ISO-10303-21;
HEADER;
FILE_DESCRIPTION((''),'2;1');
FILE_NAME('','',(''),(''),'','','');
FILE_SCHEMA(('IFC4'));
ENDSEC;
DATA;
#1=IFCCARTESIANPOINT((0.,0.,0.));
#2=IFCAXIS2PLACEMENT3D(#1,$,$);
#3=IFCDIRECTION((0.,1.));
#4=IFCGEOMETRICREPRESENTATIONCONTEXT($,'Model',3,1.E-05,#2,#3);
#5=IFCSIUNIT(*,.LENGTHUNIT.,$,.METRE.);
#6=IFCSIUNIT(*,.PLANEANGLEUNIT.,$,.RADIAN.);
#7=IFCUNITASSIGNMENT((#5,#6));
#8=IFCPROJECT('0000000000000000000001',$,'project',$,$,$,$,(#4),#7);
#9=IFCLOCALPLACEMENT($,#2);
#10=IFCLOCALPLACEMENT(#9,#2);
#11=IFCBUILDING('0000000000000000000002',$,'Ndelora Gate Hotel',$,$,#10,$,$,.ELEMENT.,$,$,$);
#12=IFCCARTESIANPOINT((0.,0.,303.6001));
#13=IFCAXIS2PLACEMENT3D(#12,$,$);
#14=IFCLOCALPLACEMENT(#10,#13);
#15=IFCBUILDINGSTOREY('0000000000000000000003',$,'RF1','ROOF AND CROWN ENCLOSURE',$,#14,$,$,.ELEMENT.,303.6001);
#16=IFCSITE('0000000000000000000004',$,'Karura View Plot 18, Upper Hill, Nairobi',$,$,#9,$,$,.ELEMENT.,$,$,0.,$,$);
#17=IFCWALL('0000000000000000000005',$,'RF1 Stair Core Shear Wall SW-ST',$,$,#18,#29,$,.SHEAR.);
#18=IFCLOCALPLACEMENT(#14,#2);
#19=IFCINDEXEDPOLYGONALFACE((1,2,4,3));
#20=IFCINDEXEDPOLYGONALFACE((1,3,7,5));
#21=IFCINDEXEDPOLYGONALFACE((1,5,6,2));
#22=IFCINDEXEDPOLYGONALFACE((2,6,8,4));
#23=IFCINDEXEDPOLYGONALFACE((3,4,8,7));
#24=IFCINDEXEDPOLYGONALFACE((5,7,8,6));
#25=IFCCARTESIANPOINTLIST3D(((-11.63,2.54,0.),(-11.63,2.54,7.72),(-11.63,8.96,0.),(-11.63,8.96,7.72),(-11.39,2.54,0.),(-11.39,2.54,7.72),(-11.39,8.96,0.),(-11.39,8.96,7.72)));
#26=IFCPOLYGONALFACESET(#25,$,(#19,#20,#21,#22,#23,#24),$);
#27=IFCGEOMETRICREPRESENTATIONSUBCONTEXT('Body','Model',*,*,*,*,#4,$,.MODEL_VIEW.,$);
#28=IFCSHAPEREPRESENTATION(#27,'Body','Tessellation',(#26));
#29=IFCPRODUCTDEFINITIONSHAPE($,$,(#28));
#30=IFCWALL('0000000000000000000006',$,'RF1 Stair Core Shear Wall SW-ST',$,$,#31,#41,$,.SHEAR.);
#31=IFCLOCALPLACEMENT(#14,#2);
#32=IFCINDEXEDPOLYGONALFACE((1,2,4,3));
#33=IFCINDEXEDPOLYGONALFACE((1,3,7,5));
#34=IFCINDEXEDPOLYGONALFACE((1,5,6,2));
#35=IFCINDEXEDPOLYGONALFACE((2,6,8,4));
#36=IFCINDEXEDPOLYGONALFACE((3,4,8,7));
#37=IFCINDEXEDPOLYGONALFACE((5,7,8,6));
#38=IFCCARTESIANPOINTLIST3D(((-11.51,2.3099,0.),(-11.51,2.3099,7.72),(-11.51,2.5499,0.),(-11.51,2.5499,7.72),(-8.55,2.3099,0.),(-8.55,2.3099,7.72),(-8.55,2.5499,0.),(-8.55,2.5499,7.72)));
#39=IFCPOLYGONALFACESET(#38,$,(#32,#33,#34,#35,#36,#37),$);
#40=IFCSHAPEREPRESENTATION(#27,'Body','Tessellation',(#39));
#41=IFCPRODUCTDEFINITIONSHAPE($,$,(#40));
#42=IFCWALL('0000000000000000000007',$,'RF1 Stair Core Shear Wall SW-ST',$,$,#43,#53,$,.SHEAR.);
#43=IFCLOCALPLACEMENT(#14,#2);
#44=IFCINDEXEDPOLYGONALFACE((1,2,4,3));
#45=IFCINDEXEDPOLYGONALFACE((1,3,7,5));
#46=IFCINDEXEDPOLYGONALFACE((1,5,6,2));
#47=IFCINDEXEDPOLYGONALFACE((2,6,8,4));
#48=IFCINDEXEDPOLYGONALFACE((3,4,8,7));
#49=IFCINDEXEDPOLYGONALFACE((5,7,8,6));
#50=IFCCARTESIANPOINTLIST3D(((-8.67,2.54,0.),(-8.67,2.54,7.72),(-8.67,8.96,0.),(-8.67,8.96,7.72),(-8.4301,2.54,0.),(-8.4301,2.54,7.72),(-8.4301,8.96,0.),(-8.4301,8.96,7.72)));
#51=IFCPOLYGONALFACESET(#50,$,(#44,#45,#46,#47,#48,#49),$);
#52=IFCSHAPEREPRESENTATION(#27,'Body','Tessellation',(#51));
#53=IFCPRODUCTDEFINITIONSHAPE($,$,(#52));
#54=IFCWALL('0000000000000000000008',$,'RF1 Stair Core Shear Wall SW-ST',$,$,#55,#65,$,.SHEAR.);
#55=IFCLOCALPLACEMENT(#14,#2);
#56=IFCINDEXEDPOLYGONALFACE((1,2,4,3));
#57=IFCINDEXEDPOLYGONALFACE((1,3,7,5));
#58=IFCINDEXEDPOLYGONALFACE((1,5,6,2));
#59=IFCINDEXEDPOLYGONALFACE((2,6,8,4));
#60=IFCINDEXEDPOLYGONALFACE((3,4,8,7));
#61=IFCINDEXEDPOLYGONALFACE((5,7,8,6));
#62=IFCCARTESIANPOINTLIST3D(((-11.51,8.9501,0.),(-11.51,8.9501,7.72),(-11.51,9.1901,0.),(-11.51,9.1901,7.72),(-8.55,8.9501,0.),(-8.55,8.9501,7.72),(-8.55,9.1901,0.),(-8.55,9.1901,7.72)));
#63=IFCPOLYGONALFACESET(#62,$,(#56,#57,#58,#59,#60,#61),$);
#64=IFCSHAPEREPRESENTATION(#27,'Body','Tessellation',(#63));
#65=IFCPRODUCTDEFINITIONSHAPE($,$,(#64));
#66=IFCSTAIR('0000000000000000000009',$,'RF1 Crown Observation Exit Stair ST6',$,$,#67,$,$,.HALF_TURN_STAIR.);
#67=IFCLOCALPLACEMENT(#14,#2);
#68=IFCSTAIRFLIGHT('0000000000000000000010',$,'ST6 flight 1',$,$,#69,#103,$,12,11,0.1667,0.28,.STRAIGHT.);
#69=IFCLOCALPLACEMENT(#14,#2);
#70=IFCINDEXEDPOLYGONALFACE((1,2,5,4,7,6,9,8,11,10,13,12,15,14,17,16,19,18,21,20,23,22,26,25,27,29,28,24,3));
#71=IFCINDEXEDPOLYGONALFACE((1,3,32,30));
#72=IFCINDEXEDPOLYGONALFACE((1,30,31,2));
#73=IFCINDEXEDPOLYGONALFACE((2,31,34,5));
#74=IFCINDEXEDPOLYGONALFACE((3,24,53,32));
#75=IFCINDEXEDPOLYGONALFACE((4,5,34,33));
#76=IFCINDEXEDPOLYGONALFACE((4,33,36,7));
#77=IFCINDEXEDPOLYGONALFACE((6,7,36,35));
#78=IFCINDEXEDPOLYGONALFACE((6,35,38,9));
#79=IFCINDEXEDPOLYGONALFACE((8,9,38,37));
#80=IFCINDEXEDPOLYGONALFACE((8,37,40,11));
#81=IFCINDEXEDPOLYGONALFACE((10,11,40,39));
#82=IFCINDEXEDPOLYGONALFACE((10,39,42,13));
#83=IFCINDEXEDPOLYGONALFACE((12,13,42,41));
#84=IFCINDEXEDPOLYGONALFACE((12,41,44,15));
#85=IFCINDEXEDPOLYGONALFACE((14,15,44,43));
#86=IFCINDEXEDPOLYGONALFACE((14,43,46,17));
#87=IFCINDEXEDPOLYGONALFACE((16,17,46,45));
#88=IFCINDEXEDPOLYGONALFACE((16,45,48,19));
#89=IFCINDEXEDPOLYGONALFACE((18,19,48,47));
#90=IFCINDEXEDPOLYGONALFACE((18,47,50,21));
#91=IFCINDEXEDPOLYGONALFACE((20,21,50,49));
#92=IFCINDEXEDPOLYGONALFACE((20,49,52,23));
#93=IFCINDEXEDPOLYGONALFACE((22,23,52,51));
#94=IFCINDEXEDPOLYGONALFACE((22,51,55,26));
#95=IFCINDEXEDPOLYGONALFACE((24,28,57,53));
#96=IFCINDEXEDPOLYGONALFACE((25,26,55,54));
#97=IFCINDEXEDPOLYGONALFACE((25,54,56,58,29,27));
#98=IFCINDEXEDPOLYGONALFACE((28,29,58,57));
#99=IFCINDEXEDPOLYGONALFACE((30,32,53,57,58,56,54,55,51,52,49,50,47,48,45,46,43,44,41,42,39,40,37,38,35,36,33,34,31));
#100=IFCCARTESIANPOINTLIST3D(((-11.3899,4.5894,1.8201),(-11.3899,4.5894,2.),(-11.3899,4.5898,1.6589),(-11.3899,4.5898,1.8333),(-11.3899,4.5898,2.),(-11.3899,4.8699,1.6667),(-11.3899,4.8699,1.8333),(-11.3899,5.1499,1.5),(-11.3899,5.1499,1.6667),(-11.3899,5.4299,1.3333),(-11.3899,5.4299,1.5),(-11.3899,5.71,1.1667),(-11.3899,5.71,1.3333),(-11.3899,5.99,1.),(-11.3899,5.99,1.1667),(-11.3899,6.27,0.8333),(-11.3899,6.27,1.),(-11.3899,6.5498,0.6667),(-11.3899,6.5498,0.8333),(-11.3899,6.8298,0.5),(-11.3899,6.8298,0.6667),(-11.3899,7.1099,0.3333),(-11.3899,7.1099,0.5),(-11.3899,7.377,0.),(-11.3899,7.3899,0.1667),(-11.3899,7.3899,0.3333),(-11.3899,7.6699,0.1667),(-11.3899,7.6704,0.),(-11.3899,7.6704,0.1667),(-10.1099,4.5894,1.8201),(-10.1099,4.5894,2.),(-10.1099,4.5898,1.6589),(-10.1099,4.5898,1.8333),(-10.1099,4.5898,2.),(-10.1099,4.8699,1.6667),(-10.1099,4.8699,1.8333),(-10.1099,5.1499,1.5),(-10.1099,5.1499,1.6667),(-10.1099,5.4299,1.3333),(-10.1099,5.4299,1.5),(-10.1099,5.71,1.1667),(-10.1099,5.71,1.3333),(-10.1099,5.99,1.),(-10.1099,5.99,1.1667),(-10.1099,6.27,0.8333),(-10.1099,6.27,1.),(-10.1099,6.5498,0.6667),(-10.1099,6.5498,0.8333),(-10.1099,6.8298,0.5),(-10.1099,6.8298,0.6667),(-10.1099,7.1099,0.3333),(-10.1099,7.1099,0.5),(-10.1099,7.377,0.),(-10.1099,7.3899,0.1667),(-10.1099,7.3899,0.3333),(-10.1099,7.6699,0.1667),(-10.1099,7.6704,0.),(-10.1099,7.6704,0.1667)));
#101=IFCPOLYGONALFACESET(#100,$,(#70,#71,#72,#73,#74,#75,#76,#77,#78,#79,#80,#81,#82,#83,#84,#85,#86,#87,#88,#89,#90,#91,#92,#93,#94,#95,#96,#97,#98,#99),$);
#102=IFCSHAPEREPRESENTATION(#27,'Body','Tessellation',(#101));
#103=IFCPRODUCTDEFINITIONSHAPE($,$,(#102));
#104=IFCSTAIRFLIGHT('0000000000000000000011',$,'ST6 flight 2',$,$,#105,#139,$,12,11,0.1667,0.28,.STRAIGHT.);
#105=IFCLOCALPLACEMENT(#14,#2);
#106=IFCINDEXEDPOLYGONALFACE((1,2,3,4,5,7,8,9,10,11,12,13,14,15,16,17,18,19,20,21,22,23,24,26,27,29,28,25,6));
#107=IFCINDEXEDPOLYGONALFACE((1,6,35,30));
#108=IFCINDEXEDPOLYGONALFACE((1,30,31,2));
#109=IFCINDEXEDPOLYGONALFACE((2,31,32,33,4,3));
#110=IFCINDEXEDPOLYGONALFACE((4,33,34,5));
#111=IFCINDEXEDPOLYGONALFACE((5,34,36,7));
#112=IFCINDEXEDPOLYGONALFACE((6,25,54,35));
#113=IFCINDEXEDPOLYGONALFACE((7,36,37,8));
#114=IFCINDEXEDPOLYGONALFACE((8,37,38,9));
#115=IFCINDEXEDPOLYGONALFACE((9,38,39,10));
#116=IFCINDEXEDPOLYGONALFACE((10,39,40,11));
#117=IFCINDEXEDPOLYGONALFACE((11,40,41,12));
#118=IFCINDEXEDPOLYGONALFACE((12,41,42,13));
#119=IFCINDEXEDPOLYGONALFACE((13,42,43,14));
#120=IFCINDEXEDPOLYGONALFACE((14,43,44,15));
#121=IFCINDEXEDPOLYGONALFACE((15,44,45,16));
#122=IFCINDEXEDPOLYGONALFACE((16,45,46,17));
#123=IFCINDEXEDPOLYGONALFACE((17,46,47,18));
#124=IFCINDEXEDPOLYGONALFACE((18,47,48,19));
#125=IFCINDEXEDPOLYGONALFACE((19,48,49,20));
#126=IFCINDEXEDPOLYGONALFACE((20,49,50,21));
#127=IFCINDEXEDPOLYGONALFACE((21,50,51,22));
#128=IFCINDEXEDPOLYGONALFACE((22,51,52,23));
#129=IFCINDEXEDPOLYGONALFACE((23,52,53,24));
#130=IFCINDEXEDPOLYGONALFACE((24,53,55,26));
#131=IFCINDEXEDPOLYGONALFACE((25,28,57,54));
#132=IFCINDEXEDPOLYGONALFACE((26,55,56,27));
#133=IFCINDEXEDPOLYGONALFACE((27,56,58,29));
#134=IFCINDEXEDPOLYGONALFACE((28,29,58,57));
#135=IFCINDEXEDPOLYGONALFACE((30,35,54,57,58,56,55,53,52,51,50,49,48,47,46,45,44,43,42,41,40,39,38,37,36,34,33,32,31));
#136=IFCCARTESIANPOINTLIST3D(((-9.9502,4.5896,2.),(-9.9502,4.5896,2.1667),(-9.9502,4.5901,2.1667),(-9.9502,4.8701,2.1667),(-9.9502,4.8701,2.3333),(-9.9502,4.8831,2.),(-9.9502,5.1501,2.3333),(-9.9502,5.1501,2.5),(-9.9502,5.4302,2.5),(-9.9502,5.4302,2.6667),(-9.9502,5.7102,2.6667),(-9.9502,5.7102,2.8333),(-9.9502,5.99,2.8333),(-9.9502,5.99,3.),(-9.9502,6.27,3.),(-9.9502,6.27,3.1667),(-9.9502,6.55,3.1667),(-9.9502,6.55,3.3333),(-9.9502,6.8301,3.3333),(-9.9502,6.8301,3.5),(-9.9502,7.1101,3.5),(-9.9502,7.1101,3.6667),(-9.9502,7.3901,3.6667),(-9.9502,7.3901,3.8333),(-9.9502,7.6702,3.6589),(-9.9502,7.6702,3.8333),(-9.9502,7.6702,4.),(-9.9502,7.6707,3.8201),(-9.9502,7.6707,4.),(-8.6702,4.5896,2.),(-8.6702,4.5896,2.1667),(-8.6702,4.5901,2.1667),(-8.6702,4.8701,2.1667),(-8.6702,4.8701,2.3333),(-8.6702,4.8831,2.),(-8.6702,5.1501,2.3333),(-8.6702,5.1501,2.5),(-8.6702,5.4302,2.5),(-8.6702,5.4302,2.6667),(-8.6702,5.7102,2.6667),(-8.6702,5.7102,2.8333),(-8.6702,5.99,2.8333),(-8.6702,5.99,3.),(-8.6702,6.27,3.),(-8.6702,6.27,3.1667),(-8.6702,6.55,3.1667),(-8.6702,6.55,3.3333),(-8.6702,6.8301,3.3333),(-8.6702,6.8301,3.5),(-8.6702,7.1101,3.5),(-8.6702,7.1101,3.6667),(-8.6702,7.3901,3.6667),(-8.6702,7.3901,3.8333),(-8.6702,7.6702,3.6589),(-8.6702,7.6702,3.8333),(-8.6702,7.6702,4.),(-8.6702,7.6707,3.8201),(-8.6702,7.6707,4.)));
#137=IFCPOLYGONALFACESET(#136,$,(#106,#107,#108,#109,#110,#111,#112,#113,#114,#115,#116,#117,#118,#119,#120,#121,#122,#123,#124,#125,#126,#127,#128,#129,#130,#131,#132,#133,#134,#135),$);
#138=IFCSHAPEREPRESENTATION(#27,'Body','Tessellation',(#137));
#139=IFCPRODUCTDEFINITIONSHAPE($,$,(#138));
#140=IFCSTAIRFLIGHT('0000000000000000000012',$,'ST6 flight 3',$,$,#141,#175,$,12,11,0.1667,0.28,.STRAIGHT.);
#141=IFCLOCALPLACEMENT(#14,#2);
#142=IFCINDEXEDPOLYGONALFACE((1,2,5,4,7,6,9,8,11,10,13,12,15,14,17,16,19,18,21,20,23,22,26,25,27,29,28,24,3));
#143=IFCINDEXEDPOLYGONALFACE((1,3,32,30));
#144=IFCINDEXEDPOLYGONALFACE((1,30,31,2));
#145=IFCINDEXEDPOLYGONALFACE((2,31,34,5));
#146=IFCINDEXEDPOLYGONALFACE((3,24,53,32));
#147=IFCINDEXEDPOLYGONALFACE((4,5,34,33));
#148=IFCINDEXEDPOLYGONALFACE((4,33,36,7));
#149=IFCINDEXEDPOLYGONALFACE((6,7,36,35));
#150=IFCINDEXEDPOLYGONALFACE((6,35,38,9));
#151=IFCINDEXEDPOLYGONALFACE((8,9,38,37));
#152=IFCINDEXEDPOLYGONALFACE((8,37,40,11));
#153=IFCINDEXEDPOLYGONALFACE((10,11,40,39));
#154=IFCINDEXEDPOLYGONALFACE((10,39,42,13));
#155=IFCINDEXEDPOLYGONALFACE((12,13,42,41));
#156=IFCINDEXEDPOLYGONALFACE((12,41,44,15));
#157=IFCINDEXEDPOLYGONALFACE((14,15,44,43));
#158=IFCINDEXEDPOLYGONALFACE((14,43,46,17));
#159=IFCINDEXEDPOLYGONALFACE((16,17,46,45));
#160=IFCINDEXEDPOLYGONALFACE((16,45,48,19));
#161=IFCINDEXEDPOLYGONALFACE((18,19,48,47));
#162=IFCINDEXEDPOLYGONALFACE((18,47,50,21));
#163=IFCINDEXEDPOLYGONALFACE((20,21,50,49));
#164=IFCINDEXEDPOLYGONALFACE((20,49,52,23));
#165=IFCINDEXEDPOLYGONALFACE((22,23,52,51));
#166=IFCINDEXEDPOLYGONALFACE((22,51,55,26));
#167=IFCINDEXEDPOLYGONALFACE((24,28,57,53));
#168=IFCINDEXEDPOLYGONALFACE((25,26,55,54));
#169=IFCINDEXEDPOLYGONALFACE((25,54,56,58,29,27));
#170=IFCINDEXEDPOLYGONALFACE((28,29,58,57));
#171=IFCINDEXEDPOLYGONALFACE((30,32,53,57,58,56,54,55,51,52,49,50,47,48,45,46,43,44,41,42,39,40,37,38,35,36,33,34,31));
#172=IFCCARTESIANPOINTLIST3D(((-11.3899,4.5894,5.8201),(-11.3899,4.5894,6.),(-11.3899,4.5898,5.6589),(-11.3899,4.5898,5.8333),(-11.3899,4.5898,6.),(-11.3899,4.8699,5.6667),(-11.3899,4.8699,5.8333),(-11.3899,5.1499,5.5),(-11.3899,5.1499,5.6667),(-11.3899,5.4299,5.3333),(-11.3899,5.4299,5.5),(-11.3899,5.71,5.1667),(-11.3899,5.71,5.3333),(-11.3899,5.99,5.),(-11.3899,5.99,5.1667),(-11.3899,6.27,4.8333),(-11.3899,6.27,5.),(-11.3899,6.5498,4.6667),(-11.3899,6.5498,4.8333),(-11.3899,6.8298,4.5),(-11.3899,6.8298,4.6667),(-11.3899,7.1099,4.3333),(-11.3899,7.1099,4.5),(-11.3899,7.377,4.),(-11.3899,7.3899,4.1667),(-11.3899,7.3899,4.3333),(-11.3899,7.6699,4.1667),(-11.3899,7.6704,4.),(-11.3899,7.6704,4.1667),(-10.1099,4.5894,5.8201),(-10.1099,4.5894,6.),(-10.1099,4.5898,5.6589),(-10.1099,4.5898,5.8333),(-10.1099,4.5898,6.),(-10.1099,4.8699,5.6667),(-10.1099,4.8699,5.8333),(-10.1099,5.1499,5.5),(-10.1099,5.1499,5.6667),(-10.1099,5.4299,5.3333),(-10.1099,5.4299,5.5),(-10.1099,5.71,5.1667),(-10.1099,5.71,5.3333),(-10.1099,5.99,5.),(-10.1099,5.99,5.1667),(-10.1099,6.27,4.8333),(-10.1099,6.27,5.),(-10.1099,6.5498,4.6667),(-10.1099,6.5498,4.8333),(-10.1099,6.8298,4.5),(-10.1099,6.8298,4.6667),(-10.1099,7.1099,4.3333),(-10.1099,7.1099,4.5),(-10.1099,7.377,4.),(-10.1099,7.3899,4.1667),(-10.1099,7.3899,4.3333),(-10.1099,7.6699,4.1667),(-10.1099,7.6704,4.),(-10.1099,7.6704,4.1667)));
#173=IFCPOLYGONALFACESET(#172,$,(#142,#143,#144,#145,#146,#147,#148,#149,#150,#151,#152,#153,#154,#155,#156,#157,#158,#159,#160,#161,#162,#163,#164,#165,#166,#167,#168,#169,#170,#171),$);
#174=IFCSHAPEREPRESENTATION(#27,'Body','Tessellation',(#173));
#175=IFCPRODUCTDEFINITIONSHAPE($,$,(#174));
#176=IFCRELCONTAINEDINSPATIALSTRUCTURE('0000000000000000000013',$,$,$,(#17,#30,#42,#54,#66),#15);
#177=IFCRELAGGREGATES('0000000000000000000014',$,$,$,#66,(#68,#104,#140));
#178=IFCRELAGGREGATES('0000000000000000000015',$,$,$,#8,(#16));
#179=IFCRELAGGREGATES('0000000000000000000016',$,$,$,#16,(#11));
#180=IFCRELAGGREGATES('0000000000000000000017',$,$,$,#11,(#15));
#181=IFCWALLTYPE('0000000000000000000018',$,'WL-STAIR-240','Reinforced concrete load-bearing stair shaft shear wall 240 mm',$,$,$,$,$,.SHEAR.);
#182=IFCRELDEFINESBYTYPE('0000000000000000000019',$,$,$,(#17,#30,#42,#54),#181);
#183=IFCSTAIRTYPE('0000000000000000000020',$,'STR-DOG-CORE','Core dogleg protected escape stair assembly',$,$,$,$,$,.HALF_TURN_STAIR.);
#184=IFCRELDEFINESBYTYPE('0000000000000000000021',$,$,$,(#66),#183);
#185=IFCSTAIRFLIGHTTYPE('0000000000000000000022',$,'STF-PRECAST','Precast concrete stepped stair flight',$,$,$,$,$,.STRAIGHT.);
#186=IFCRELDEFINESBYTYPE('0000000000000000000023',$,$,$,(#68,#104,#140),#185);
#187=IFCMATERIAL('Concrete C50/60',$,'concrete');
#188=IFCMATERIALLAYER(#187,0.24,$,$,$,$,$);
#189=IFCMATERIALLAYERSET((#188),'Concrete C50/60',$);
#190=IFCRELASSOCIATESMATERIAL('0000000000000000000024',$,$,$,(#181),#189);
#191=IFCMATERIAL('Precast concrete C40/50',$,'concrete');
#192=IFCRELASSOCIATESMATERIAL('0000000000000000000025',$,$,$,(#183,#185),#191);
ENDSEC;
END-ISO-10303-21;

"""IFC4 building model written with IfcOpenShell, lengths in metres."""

from ifc_helpers import new_model, si_unit, direction, frame, frame_2d, origin, place, context, subcontext, project, spatial, polyline, rectangle, outline, extrude, material, layer, layer_set, type_object, element, aggregate, save


model = new_model("IFC4")

# Units and contexts
model_context = context("Model", 3, precision=1e-05, world=origin(), true_north=direction((0.0, 1.0)))
body_context = subcontext(model_context, "Body", "Model", "MODEL_VIEW")
ifc_project = project(units=[si_unit("LENGTHUNIT", "METRE"), si_unit("PLANEANGLEUNIT", "RADIAN")], contexts=[model_context])

# Site, building, storey
site_placement = place(None, origin())
site = spatial("IfcSite", under=ifc_project, at=site_placement, Name="Karura View Plot 18, Upper Hill, Nairobi", CompositionType="ELEMENT", RefElevation=0.0)
building_placement = place(site_placement, origin())
building = spatial("IfcBuilding", under=site, at=building_placement, Name="Ndelora Gate Hotel", CompositionType="ELEMENT")
storey_placement = place(building_placement, frame((0.0, 0.0, 303.6001)))
storey = spatial("IfcBuildingStorey", under=building, at=storey_placement, Name="RF1", Description="ROOF AND CROWN ENCLOSURE", CompositionType="ELEMENT", Elevation=303.6001)

# Shared definitions
ifc_material_1 = material(Name="Concrete C50/60", Category="concrete")

# Walls
ifc_material_2 = material(Name="Precast concrete C40/50", Category="concrete")
ifc_layer_1 = layer(ifc_material_1, 0.24)
ifc_layer_set_1 = layer_set([ifc_layer_1], Name="Concrete C50/60")
wall_type_1 = type_object("IfcWallType", Name="WL-STAIR-240", Description="Reinforced concrete load-bearing stair shaft shear wall 240 mm", PredefinedType="SHEAR", material=ifc_layer_set_1)
wall_1_placement = place(storey_placement, frame((-11.51, 2.54, 0.0), z_axis=(0.0, 0.0, 1.0), x_axis=(0.0, 1.0, 0.0)))
element("IfcWall", 1, at=wall_1_placement, inside=storey, type_object=wall_type_1, Name="RF1 Stair Core Shear Wall SW-ST", PredefinedType="SHEAR", context=body_context, shape_type="SweptSolid", body=[
    extrude(rectangle(XDim=6.4199, YDim=0.24, at=frame_2d((3.21, 0.0))), origin(), (0.0, 0.0, 1.0), 7.72),
])
wall_2_placement = place(storey_placement, frame((-11.51, 2.4299, 0.0), z_axis=(0.0, 0.0, 1.0), x_axis=(1.0, 0.0, 0.0)))
element("IfcWall", 2, at=wall_2_placement, inside=storey, type_object=wall_type_1, Name="RF1 Stair Core Shear Wall SW-ST", PredefinedType="SHEAR", context=body_context, shape_type="SweptSolid", body=[
    extrude(rectangle(XDim=2.96, YDim=0.24, at=frame_2d((1.48, 0.0))), origin(), (0.0, 0.0, 1.0), 7.72),
])
wall_3_placement = place(storey_placement, frame((-8.55, 2.54, 0.0), z_axis=(0.0, 0.0, 1.0), x_axis=(0.0, 1.0, 0.0)))
element("IfcWall", 3, at=wall_3_placement, inside=storey, type_object=wall_type_1, Name="RF1 Stair Core Shear Wall SW-ST", PredefinedType="SHEAR", context=body_context, shape_type="SweptSolid", body=[
    extrude(rectangle(XDim=6.4199, YDim=0.24, at=frame_2d((3.21, 0.0))), origin(), (0.0, 0.0, 1.0), 7.72),
])
wall_4_placement = place(storey_placement, frame((-11.51, 9.0701, 0.0), z_axis=(0.0, 0.0, 1.0), x_axis=(1.0, 0.0, 0.0)))
element("IfcWall", 4, at=wall_4_placement, inside=storey, type_object=wall_type_1, Name="RF1 Stair Core Shear Wall SW-ST", PredefinedType="SHEAR", context=body_context, shape_type="SweptSolid", body=[
    extrude(rectangle(XDim=2.96, YDim=0.24, at=frame_2d((1.48, 0.0))), origin(), (0.0, 0.0, 1.0), 7.72),
])

# Stair, stair flights
stair_type = type_object("IfcStairType", Name="STR-DOG-CORE", Description="Core dogleg protected escape stair assembly", PredefinedType="HALF_TURN_STAIR", material=ifc_material_2)
stair_placement = place(storey_placement, origin())
stair = element("IfcStair", 5, at=stair_placement, inside=storey, type_object=stair_type, Name="RF1 Crown Observation Exit Stair ST6", PredefinedType="HALF_TURN_STAIR")
stair_flight_type = type_object("IfcStairFlightType", Name="STF-PRECAST", Description="Precast concrete stepped stair flight", PredefinedType="STRAIGHT", material=ifc_material_2)
stair_flight_1_placement = place(storey_placement, frame((-10.75, 7.6699, 0.0), z_axis=(0.0, 0.0, 1.0), x_axis=(0.0, -1.0, 0.0)))
stair_flight_1 = element("IfcStairFlight", 6, at=stair_flight_1_placement, type_object=stair_flight_type, Name="ST6 flight 1", NumberOfRisers=12, NumberOfTreads=11, PredefinedType="STRAIGHT", RiserHeight=0.1667, TreadLength=0.28, context=body_context, shape_type="SweptSolid", body=[
    extrude(outline(polyline([(-0.0005, 0.0), (-0.0005, 0.1667), (0.0, 0.1667), (0.28, 0.1667), (0.28, 0.3333), (0.5601, 0.3333), (0.5601, 0.5), (0.8401, 0.5), (0.8401, 0.6667), (1.1201, 0.6667), (1.1201, 0.8333), (1.3999, 0.8333), (1.3999, 1.0), (1.6799, 1.0), (1.6799, 1.1667), (1.96, 1.1667), (1.96, 1.3333), (2.24, 1.3333), (2.24, 1.5), (2.52, 1.5), (2.52, 1.6667), (2.8, 1.6667), (2.8, 1.8333), (3.0801, 1.8333), (3.0801, 2.0), (3.0806, 2.0), (3.0806, 1.8201), (3.0801, 1.6589), (0.293, 0.0), (-0.0005, 0.0)])), frame((0.0, 0.6401, 0.0), z_axis=(0.0, -1.0, 0.0), x_axis=(1.0, 0.0, 0.0)), (0.0, 0.0, 1.0), 1.28),
])
stair_flight_2_placement = place(storey_placement, frame((-9.3101, 4.5901, 2.0), z_axis=(0.0, 0.0, 1.0), x_axis=(0.0, 1.0, 0.0)))
stair_flight_2 = element("IfcStairFlight", 7, at=stair_flight_2_placement, type_object=stair_flight_type, Name="ST6 flight 2", NumberOfRisers=12, NumberOfTreads=11, PredefinedType="STRAIGHT", RiserHeight=0.1667, TreadLength=0.28, context=body_context, shape_type="SweptSolid", body=[
    extrude(outline(polyline([(-0.0005, 0.0), (-0.0005, 0.1667), (0.0, 0.1667), (0.28, 0.1667), (0.28, 0.3333), (0.5601, 0.3333), (0.5601, 0.5), (0.8401, 0.5), (0.8401, 0.6667), (1.1201, 0.6667), (1.1201, 0.8333), (1.3999, 0.8333), (1.3999, 1.0), (1.6799, 1.0), (1.6799, 1.1667), (1.96, 1.1667), (1.96, 1.3333), (2.24, 1.3333), (2.24, 1.5), (2.52, 1.5), (2.52, 1.6667), (2.8, 1.6667), (2.8, 1.8333), (3.0801, 1.8333), (3.0801, 2.0), (3.0806, 2.0), (3.0806, 1.8201), (3.0801, 1.6589), (0.293, 0.0), (-0.0005, 0.0)])), frame((0.0, 0.6401, 0.0), z_axis=(0.0, -1.0, 0.0), x_axis=(1.0, 0.0, 0.0)), (0.0, 0.0, 1.0), 1.28),
])
stair_flight_3_placement = place(storey_placement, frame((-10.75, 7.6699, 4.0), z_axis=(0.0, 0.0, 1.0), x_axis=(0.0, -1.0, 0.0)))
stair_flight_3 = element("IfcStairFlight", 8, at=stair_flight_3_placement, type_object=stair_flight_type, Name="ST6 flight 3", NumberOfRisers=12, NumberOfTreads=11, PredefinedType="STRAIGHT", RiserHeight=0.1667, TreadLength=0.28, context=body_context, shape_type="SweptSolid", body=[
    extrude(outline(polyline([(-0.0005, 0.0), (-0.0005, 0.1667), (0.0, 0.1667), (0.28, 0.1667), (0.28, 0.3333), (0.5601, 0.3333), (0.5601, 0.5), (0.8401, 0.5), (0.8401, 0.6667), (1.1201, 0.6667), (1.1201, 0.8333), (1.3999, 0.8333), (1.3999, 1.0), (1.6799, 1.0), (1.6799, 1.1667), (1.96, 1.1667), (1.96, 1.3333), (2.24, 1.3333), (2.24, 1.5), (2.52, 1.5), (2.52, 1.6667), (2.8, 1.6667), (2.8, 1.8333), (3.0801, 1.8333), (3.0801, 2.0), (3.0806, 2.0), (3.0806, 1.8201), (3.0801, 1.6589), (0.293, 0.0), (-0.0005, 0.0)])), frame((0.0, 0.6401, 0.0), z_axis=(0.0, -1.0, 0.0), x_axis=(1.0, 0.0, 0.0)), (0.0, 0.0, 1.0), 1.28),
])
aggregate(stair, [stair_flight_1, stair_flight_2, stair_flight_3])

save(model, "model.ifc")
